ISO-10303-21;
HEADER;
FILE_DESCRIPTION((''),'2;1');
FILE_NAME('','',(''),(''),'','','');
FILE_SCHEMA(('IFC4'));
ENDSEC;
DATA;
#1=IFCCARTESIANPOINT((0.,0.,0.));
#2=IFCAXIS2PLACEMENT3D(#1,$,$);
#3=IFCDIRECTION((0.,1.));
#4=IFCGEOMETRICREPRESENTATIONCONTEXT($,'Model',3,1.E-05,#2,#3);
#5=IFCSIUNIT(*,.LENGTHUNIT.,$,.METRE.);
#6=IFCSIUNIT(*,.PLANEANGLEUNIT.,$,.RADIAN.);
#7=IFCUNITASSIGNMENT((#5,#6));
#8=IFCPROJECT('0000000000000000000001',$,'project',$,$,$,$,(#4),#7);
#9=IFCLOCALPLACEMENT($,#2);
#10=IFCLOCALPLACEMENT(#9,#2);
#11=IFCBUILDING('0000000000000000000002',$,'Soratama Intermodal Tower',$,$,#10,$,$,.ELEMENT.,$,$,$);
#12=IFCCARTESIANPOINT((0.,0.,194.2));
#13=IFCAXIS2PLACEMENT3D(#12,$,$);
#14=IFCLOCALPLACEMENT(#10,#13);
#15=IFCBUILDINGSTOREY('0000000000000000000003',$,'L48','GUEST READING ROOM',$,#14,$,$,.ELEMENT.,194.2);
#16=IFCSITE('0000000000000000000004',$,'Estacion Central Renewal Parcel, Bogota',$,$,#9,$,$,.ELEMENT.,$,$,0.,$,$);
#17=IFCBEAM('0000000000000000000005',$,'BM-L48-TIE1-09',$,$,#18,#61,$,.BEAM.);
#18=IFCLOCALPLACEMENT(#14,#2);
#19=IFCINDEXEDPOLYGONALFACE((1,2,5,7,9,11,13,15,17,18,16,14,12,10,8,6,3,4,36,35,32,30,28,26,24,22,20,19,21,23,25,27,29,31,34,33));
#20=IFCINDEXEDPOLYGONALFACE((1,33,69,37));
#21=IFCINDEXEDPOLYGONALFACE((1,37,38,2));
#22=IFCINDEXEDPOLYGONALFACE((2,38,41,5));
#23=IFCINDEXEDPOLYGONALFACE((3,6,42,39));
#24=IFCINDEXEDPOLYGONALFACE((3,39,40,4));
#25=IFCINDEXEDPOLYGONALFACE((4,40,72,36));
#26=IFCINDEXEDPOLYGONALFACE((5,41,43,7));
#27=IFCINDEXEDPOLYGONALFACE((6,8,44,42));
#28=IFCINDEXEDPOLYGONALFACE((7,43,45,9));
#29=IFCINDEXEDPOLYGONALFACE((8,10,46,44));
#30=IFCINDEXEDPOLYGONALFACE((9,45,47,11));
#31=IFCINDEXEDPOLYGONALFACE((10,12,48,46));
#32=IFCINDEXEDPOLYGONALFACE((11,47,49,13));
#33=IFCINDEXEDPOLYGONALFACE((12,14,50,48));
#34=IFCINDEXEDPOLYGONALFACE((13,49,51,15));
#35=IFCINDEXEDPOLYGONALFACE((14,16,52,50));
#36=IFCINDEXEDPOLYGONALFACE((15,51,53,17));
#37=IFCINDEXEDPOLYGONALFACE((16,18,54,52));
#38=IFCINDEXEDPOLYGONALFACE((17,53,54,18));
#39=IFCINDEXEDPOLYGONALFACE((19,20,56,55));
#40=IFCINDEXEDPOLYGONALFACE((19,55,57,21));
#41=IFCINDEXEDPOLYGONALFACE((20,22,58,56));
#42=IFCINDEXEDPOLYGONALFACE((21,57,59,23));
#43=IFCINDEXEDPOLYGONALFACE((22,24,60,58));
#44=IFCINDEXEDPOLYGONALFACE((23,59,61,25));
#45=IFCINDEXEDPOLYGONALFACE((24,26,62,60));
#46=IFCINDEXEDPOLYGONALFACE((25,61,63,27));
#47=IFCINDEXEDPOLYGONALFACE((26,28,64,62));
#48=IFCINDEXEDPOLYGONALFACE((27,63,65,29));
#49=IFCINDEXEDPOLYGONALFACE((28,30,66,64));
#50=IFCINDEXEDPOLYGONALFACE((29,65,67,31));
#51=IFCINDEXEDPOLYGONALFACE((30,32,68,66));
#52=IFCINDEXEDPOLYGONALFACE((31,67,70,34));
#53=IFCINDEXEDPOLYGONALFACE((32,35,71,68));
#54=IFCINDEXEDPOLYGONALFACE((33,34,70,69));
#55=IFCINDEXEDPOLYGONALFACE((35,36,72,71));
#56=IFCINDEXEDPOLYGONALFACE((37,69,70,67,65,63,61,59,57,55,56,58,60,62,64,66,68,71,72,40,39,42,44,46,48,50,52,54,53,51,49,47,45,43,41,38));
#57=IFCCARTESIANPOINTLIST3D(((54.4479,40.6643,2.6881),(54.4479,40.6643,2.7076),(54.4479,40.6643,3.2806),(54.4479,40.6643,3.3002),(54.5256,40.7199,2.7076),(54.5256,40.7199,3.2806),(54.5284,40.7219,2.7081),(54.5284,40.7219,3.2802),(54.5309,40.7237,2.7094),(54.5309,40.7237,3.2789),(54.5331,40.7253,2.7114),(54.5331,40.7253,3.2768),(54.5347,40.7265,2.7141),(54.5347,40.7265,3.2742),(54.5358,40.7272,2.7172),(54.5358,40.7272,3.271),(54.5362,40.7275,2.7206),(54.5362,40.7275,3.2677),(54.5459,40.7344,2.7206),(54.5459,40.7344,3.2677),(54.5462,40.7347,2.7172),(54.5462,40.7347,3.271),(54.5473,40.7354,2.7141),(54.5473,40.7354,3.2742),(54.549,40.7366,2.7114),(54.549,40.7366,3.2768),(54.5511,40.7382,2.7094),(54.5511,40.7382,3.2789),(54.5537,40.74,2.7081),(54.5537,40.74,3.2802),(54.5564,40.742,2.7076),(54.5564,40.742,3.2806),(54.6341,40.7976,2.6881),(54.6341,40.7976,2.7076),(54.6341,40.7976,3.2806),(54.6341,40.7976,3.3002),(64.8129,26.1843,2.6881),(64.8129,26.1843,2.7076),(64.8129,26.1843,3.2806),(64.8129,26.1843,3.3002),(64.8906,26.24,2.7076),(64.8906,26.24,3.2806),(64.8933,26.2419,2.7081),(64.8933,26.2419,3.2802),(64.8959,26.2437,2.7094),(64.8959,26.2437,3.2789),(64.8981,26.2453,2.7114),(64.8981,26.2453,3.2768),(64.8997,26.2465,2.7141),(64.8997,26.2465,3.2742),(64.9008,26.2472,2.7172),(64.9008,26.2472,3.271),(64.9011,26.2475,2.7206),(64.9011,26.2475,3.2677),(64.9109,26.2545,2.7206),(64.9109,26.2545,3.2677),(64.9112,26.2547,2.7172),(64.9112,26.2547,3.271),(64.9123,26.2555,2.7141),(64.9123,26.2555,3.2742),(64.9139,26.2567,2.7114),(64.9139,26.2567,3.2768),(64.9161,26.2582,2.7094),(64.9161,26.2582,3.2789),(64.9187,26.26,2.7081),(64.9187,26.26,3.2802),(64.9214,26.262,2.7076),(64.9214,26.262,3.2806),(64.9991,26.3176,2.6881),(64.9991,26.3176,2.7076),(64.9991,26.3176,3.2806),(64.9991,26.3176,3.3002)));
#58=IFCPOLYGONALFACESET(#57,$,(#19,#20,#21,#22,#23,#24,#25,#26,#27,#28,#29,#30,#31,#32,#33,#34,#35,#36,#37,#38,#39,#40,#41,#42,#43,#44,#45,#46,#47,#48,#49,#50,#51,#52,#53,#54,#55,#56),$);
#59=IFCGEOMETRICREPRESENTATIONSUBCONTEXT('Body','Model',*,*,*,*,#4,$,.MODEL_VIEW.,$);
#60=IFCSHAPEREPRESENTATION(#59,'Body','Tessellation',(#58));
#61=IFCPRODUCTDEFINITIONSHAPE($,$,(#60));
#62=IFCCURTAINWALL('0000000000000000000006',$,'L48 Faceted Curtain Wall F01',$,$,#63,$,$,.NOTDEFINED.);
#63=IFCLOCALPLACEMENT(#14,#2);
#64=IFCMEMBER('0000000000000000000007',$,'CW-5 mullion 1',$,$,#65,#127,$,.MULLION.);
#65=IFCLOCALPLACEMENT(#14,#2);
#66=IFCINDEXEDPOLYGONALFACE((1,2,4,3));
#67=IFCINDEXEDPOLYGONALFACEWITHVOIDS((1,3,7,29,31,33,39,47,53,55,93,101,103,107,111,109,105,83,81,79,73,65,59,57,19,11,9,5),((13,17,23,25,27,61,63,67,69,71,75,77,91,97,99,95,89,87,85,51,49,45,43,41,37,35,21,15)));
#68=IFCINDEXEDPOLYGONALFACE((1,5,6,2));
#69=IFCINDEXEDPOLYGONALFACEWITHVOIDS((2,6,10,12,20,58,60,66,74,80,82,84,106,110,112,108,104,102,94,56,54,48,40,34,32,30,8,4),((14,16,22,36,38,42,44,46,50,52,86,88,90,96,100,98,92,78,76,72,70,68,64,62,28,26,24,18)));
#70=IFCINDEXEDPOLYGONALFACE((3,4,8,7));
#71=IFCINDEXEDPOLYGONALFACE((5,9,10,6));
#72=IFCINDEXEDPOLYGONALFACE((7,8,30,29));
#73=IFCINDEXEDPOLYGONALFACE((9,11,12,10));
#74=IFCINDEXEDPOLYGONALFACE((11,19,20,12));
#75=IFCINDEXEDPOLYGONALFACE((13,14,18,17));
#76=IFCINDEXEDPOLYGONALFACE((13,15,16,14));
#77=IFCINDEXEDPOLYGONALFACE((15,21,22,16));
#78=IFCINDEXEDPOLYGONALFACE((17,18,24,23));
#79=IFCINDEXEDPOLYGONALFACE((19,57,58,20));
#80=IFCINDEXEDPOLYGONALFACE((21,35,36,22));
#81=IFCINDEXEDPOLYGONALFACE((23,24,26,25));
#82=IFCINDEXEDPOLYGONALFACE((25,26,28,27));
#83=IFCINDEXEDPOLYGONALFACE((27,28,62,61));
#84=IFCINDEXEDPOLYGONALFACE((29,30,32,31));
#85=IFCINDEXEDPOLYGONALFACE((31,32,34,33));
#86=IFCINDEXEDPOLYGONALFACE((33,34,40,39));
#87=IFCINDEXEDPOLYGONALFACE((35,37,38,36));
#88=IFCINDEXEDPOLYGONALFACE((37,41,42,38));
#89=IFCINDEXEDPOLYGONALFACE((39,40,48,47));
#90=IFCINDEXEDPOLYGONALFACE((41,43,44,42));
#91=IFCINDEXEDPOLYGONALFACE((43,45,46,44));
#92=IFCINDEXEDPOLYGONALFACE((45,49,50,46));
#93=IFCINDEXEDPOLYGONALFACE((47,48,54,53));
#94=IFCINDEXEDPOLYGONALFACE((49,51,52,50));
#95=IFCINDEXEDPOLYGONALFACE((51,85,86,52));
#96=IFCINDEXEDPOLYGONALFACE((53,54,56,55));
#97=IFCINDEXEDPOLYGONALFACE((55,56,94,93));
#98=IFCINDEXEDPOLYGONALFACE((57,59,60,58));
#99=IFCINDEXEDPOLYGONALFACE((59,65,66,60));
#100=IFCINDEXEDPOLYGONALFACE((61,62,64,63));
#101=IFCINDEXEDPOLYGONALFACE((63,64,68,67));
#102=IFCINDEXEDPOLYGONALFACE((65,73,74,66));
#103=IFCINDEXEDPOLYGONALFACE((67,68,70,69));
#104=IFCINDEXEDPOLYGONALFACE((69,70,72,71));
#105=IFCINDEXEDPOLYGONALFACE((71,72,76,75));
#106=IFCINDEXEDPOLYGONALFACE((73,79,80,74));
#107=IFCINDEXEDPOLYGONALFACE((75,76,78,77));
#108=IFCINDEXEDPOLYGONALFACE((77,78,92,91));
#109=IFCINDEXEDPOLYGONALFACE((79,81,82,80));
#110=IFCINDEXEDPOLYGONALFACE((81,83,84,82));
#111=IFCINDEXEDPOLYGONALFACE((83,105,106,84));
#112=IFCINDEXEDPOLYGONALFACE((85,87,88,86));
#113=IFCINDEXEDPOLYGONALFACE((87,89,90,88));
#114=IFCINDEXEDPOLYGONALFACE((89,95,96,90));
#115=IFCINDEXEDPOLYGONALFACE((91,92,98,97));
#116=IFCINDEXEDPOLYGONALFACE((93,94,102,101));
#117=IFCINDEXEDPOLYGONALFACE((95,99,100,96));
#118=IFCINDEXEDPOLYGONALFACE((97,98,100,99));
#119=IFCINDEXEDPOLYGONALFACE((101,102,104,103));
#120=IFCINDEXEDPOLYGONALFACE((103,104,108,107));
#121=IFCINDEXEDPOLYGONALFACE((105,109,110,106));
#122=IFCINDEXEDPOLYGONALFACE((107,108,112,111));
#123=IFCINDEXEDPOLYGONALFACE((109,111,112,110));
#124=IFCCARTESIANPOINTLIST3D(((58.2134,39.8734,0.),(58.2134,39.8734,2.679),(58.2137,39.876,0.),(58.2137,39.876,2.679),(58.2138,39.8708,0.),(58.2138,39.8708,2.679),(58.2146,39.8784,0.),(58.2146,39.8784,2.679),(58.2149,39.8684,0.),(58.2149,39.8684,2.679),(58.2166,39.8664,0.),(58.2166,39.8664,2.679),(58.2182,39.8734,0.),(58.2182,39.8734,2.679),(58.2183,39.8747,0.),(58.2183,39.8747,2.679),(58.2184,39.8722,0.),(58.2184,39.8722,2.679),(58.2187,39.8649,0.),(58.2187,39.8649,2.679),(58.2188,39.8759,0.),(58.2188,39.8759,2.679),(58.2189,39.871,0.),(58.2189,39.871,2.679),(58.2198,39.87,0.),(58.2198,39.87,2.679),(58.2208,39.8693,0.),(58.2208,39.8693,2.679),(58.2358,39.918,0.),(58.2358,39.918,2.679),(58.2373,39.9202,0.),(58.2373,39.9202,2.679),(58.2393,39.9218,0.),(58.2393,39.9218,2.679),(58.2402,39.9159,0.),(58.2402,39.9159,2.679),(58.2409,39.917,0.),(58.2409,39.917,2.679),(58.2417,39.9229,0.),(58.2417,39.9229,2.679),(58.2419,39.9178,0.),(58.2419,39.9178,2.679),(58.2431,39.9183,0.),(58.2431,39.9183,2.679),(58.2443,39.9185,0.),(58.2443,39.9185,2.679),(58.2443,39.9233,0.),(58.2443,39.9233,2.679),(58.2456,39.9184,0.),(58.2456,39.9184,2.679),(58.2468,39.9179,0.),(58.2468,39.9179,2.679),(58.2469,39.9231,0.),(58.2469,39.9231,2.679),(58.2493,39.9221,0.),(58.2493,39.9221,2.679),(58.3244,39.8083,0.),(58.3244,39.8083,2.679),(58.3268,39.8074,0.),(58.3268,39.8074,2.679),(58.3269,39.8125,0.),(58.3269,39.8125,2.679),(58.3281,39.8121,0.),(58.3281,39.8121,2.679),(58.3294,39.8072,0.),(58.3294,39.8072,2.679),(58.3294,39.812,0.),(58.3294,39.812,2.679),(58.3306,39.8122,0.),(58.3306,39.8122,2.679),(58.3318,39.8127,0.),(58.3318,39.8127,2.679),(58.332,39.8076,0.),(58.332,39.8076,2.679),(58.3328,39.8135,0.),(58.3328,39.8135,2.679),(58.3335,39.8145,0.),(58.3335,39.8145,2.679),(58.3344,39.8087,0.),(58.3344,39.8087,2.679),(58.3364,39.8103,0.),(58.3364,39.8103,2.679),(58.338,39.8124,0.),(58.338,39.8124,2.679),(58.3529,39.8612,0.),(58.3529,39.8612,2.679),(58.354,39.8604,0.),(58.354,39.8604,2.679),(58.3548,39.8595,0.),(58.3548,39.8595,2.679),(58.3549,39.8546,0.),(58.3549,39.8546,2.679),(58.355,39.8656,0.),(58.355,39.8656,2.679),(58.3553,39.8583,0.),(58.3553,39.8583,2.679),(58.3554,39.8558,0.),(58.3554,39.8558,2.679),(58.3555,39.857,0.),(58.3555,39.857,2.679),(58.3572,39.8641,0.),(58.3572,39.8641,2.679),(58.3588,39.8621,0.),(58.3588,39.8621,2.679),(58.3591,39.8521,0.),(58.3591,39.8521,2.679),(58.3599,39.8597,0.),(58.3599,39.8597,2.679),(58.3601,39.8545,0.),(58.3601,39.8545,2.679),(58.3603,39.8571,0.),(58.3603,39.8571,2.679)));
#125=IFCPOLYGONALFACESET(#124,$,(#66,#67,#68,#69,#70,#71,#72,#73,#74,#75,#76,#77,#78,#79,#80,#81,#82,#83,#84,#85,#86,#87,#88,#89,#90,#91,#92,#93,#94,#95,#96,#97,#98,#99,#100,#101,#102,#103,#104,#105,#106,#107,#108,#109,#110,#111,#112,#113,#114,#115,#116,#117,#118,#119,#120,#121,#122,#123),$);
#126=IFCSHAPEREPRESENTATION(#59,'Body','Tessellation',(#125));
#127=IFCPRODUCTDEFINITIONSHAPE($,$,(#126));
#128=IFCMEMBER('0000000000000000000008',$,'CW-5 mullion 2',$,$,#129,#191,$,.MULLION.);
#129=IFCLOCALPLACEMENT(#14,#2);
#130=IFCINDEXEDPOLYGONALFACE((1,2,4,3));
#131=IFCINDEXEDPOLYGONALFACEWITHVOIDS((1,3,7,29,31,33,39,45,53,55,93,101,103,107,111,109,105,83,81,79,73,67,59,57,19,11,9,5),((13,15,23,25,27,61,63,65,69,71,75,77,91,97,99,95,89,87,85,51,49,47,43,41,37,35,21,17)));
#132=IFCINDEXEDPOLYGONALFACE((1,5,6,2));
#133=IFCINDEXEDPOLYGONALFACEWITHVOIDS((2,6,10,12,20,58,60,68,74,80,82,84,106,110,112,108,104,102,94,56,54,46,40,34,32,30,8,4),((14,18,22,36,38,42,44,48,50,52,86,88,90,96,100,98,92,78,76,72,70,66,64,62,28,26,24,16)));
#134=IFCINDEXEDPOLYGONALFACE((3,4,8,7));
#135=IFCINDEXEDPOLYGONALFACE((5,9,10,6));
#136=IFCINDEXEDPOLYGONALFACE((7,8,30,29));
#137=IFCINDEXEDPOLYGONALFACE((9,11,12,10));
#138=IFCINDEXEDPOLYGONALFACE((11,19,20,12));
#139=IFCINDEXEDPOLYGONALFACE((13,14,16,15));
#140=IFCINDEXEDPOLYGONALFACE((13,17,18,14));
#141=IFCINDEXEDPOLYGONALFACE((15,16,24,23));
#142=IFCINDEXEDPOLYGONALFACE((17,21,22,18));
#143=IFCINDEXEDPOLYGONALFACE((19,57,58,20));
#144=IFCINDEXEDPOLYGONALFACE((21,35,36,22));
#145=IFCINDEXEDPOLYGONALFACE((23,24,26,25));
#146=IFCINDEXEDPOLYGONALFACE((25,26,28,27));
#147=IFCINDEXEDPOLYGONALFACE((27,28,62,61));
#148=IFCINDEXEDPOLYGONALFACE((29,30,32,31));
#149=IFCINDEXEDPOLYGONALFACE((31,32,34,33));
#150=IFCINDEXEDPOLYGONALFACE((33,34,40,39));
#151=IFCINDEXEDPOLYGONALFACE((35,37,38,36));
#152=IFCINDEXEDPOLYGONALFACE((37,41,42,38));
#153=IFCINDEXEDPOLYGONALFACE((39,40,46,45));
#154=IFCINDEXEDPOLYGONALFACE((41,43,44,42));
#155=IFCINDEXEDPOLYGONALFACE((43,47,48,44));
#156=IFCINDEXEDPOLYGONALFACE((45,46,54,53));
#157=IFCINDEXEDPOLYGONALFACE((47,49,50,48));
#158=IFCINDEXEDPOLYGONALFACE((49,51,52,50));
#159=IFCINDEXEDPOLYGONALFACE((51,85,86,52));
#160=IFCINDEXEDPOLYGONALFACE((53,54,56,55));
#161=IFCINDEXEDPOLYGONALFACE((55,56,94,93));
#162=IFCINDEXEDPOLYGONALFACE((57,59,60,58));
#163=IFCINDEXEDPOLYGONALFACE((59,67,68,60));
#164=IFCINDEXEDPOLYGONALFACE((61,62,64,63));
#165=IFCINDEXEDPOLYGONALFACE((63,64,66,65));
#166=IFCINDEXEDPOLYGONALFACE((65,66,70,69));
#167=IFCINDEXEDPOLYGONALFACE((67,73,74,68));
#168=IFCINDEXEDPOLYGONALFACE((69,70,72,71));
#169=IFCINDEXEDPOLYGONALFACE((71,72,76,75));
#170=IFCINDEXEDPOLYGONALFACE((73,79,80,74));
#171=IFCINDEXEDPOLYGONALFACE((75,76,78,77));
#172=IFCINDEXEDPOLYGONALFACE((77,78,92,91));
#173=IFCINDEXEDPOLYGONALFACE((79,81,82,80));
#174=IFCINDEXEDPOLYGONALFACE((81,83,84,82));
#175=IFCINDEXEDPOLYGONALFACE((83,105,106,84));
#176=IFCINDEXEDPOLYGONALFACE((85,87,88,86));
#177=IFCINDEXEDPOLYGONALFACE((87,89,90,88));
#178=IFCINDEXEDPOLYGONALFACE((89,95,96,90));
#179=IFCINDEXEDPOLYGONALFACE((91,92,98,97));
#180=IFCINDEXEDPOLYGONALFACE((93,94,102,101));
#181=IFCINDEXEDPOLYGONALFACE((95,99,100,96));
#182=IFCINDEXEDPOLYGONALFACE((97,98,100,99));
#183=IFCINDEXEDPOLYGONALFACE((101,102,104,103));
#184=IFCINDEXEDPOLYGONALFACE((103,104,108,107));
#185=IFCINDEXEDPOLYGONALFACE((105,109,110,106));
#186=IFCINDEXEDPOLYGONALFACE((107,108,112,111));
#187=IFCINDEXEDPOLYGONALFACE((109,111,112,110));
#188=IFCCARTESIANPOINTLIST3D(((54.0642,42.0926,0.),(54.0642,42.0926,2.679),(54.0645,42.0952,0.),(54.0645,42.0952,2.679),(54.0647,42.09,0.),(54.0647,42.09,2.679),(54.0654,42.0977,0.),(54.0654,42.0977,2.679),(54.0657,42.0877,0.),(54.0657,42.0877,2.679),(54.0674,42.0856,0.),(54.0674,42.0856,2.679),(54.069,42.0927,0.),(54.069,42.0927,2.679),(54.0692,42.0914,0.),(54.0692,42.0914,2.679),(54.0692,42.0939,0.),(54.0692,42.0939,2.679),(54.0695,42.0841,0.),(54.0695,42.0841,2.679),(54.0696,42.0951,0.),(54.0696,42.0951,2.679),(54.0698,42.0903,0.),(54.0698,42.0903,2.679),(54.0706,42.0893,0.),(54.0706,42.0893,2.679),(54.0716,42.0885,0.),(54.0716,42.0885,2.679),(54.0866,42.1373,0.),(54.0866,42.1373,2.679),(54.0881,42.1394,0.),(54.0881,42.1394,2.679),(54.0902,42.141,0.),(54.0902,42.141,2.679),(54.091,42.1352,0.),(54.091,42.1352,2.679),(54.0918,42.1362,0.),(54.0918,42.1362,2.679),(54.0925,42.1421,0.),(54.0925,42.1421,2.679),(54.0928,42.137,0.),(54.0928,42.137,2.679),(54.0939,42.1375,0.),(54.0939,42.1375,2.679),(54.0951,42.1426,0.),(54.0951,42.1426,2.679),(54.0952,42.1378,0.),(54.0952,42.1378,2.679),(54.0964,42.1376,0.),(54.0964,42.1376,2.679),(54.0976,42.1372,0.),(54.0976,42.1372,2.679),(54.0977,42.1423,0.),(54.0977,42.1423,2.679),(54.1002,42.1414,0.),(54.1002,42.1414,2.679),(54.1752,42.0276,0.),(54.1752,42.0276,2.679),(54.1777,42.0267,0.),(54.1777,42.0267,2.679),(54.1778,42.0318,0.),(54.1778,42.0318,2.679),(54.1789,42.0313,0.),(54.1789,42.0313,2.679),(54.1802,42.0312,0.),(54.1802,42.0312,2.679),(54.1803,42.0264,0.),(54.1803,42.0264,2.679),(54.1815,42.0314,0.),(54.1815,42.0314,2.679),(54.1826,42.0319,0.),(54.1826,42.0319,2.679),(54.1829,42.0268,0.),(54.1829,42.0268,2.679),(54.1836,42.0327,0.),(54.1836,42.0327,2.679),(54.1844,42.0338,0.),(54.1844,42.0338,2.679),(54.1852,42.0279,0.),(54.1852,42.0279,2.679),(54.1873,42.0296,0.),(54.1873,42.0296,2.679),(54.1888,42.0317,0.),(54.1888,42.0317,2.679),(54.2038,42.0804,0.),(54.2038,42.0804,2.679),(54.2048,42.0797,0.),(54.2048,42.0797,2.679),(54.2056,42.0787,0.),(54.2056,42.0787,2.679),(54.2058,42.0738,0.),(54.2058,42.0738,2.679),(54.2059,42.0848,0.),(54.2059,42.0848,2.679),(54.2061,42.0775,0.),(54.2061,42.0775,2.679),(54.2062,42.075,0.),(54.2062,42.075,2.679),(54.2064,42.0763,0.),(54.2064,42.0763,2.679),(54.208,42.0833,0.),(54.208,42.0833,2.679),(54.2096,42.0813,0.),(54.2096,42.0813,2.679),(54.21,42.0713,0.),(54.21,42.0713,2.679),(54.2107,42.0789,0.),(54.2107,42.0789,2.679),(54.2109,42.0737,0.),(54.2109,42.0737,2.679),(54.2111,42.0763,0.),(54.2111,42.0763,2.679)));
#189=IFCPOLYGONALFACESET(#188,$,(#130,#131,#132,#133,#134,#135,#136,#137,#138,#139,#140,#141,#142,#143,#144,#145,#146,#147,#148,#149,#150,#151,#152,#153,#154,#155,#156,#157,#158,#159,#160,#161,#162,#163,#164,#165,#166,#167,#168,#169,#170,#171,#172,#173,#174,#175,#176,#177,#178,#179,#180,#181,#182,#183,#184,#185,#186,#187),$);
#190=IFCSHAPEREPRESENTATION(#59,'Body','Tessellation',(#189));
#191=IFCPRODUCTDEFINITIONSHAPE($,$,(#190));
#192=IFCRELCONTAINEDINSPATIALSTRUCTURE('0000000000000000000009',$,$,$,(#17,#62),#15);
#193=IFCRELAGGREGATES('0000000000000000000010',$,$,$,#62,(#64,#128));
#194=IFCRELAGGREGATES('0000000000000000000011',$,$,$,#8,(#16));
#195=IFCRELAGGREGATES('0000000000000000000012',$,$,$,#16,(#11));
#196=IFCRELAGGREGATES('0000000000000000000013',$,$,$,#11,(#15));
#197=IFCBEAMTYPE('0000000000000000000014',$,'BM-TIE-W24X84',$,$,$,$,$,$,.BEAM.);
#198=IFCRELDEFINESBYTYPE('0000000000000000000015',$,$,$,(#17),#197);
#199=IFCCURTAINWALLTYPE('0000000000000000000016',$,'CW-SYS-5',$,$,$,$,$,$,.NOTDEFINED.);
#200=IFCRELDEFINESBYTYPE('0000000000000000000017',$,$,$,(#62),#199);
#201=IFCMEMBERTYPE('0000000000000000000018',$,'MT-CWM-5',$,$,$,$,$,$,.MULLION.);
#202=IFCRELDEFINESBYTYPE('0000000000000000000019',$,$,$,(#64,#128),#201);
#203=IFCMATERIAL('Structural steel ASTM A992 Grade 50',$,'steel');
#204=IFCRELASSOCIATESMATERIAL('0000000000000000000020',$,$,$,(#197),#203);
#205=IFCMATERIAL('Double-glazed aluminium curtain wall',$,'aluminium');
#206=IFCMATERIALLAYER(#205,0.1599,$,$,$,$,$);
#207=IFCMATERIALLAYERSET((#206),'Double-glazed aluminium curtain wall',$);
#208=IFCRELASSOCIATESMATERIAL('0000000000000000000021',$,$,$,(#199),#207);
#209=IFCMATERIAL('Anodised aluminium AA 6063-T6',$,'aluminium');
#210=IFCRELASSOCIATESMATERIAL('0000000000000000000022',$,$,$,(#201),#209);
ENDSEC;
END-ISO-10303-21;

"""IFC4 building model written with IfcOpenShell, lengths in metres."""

from ifc_helpers import new_model, si_unit, direction, frame, origin, origin_2d, place, context, subcontext, project, spatial, hollow_rectangle, i_section, extrude, material, layer, layer_set, material_profile, profile_set, type_object, element, aggregate, save


model = new_model("IFC4")

# Units and contexts
model_context = context("Model", 3, precision=1e-05, world=origin(), true_north=direction((0.0, 1.0)))
body_context = subcontext(model_context, "Body", "Model", "MODEL_VIEW")
ifc_project = project(units=[si_unit("LENGTHUNIT", "METRE"), si_unit("PLANEANGLEUNIT", "RADIAN")], contexts=[model_context])

# Site, building, storey
site_placement = place(None, origin())
site = spatial("IfcSite", under=ifc_project, at=site_placement, Name="Estacion Central Renewal Parcel, Bogota", CompositionType="ELEMENT", RefElevation=0.0)
building_placement = place(site_placement, origin())
building = spatial("IfcBuilding", under=site, at=building_placement, Name="Soratama Intermodal Tower", CompositionType="ELEMENT")
storey_placement = place(building_placement, frame((0.0, 0.0, 194.2)))
storey = spatial("IfcBuildingStorey", under=building, at=storey_placement, Name="L48", Description="GUEST READING ROOM", CompositionType="ELEMENT", Elevation=194.2)

# Beam
ifc_material_1 = material(Name="Structural steel ASTM A992 Grade 50", Category="steel")
ifc_material_profile_1 = material_profile(ifc_material_1, i_section(OverallWidth=0.229, OverallDepth=0.6121, WebThickness=0.012, FlangeThickness=0.0195, FilletRadius=0.0129, at=origin_2d()), Name="W24X84")
ifc_profile_set_1 = profile_set([ifc_material_profile_1], Name="Structural steel ASTM A992 Grade 50")
beam_type_1 = type_object("IfcBeamType", Name="BM-TIE-W24X84", PredefinedType="BEAM", material=ifc_profile_set_1)
beam_1_placement = place(storey_placement, frame((54.541, 40.731, 2.9941), z_axis=(0.582061, -0.813145, 0.0), x_axis=(0.813145, 0.582061, 0.0)))
element("IfcBeam", 1, at=beam_1_placement, inside=storey, type_object=beam_type_1, Name="BM-L48-TIE1-09", PredefinedType="BEAM", context=body_context, shape_type="SweptSolid", body=[
    extrude(i_section(OverallWidth=0.229, OverallDepth=0.6121, WebThickness=0.012, FlangeThickness=0.0195, FilletRadius=0.0129, at=origin_2d()), origin(), (0.0, 0.0, 1.0), 17.8074),
])

# Curtain wall, members
ifc_material_2 = material(Name="Double-glazed aluminium curtain wall", Category="aluminium")
ifc_layer_1 = layer(ifc_material_2, 0.1599)
ifc_layer_set_1 = layer_set([ifc_layer_1], Name="Double-glazed aluminium curtain wall")
curtain_wall_type = type_object("IfcCurtainWallType", Name="CW-SYS-5", PredefinedType="NOTDEFINED", material=ifc_layer_set_1)
curtain_wall_1_placement = place(storey_placement, origin())
curtain_wall_1 = element("IfcCurtainWall", 2, at=curtain_wall_1_placement, inside=storey, type_object=curtain_wall_type, Name="L48 Faceted Curtain Wall F01", PredefinedType="NOTDEFINED")
ifc_material_3 = material(Name="Anodised aluminium AA 6063-T6", Category="aluminium")
ifc_material_profile_2 = material_profile(ifc_material_3, hollow_rectangle(XDim=0.0649, YDim=0.1399, WallThickness=0.0049, InnerFilletRadius=0.0049, OuterFilletRadius=0.01, at=origin_2d()), Name="CWM140X65X5")
ifc_profile_set_2 = profile_set([ifc_material_profile_2], Name="Anodised aluminium AA 6063-T6")
member_type_1 = type_object("IfcMemberType", Name="MT-CWM-5", PredefinedType="MULLION", material=ifc_profile_set_2)
member_1_placement = place(storey_placement, frame((58.2869, 39.8652, 0.0), z_axis=(0.0, 0.0, 1.0), x_axis=(-0.471625, -0.881799, 0.0)))
member_1 = element("IfcMember", 3, at=member_1_placement, type_object=member_type_1, Name="CW-5 mullion 1", PredefinedType="MULLION", context=body_context, shape_type="SweptSolid", body=[
    extrude(hollow_rectangle(XDim=0.0649, YDim=0.1399, WallThickness=0.0049, InnerFilletRadius=0.0049, OuterFilletRadius=0.01, at=origin_2d()), origin(), (0.0, 0.0, 1.0), 2.679),
])
member_2_placement = place(storey_placement, frame((54.1377, 42.0845, 0.0), z_axis=(0.0, 0.0, 1.0), x_axis=(-0.471625, -0.881799, 0.0)))
member_2 = element("IfcMember", 4, at=member_2_placement, type_object=member_type_1, Name="CW-5 mullion 2", PredefinedType="MULLION", context=body_context, shape_type="SweptSolid", body=[
    extrude(hollow_rectangle(XDim=0.0649, YDim=0.1399, WallThickness=0.0049, InnerFilletRadius=0.0049, OuterFilletRadius=0.01, at=origin_2d()), origin(), (0.0, 0.0, 1.0), 2.679),
])

aggregate(curtain_wall_1, [member_1, member_2])

save(model, "model.ifc")
